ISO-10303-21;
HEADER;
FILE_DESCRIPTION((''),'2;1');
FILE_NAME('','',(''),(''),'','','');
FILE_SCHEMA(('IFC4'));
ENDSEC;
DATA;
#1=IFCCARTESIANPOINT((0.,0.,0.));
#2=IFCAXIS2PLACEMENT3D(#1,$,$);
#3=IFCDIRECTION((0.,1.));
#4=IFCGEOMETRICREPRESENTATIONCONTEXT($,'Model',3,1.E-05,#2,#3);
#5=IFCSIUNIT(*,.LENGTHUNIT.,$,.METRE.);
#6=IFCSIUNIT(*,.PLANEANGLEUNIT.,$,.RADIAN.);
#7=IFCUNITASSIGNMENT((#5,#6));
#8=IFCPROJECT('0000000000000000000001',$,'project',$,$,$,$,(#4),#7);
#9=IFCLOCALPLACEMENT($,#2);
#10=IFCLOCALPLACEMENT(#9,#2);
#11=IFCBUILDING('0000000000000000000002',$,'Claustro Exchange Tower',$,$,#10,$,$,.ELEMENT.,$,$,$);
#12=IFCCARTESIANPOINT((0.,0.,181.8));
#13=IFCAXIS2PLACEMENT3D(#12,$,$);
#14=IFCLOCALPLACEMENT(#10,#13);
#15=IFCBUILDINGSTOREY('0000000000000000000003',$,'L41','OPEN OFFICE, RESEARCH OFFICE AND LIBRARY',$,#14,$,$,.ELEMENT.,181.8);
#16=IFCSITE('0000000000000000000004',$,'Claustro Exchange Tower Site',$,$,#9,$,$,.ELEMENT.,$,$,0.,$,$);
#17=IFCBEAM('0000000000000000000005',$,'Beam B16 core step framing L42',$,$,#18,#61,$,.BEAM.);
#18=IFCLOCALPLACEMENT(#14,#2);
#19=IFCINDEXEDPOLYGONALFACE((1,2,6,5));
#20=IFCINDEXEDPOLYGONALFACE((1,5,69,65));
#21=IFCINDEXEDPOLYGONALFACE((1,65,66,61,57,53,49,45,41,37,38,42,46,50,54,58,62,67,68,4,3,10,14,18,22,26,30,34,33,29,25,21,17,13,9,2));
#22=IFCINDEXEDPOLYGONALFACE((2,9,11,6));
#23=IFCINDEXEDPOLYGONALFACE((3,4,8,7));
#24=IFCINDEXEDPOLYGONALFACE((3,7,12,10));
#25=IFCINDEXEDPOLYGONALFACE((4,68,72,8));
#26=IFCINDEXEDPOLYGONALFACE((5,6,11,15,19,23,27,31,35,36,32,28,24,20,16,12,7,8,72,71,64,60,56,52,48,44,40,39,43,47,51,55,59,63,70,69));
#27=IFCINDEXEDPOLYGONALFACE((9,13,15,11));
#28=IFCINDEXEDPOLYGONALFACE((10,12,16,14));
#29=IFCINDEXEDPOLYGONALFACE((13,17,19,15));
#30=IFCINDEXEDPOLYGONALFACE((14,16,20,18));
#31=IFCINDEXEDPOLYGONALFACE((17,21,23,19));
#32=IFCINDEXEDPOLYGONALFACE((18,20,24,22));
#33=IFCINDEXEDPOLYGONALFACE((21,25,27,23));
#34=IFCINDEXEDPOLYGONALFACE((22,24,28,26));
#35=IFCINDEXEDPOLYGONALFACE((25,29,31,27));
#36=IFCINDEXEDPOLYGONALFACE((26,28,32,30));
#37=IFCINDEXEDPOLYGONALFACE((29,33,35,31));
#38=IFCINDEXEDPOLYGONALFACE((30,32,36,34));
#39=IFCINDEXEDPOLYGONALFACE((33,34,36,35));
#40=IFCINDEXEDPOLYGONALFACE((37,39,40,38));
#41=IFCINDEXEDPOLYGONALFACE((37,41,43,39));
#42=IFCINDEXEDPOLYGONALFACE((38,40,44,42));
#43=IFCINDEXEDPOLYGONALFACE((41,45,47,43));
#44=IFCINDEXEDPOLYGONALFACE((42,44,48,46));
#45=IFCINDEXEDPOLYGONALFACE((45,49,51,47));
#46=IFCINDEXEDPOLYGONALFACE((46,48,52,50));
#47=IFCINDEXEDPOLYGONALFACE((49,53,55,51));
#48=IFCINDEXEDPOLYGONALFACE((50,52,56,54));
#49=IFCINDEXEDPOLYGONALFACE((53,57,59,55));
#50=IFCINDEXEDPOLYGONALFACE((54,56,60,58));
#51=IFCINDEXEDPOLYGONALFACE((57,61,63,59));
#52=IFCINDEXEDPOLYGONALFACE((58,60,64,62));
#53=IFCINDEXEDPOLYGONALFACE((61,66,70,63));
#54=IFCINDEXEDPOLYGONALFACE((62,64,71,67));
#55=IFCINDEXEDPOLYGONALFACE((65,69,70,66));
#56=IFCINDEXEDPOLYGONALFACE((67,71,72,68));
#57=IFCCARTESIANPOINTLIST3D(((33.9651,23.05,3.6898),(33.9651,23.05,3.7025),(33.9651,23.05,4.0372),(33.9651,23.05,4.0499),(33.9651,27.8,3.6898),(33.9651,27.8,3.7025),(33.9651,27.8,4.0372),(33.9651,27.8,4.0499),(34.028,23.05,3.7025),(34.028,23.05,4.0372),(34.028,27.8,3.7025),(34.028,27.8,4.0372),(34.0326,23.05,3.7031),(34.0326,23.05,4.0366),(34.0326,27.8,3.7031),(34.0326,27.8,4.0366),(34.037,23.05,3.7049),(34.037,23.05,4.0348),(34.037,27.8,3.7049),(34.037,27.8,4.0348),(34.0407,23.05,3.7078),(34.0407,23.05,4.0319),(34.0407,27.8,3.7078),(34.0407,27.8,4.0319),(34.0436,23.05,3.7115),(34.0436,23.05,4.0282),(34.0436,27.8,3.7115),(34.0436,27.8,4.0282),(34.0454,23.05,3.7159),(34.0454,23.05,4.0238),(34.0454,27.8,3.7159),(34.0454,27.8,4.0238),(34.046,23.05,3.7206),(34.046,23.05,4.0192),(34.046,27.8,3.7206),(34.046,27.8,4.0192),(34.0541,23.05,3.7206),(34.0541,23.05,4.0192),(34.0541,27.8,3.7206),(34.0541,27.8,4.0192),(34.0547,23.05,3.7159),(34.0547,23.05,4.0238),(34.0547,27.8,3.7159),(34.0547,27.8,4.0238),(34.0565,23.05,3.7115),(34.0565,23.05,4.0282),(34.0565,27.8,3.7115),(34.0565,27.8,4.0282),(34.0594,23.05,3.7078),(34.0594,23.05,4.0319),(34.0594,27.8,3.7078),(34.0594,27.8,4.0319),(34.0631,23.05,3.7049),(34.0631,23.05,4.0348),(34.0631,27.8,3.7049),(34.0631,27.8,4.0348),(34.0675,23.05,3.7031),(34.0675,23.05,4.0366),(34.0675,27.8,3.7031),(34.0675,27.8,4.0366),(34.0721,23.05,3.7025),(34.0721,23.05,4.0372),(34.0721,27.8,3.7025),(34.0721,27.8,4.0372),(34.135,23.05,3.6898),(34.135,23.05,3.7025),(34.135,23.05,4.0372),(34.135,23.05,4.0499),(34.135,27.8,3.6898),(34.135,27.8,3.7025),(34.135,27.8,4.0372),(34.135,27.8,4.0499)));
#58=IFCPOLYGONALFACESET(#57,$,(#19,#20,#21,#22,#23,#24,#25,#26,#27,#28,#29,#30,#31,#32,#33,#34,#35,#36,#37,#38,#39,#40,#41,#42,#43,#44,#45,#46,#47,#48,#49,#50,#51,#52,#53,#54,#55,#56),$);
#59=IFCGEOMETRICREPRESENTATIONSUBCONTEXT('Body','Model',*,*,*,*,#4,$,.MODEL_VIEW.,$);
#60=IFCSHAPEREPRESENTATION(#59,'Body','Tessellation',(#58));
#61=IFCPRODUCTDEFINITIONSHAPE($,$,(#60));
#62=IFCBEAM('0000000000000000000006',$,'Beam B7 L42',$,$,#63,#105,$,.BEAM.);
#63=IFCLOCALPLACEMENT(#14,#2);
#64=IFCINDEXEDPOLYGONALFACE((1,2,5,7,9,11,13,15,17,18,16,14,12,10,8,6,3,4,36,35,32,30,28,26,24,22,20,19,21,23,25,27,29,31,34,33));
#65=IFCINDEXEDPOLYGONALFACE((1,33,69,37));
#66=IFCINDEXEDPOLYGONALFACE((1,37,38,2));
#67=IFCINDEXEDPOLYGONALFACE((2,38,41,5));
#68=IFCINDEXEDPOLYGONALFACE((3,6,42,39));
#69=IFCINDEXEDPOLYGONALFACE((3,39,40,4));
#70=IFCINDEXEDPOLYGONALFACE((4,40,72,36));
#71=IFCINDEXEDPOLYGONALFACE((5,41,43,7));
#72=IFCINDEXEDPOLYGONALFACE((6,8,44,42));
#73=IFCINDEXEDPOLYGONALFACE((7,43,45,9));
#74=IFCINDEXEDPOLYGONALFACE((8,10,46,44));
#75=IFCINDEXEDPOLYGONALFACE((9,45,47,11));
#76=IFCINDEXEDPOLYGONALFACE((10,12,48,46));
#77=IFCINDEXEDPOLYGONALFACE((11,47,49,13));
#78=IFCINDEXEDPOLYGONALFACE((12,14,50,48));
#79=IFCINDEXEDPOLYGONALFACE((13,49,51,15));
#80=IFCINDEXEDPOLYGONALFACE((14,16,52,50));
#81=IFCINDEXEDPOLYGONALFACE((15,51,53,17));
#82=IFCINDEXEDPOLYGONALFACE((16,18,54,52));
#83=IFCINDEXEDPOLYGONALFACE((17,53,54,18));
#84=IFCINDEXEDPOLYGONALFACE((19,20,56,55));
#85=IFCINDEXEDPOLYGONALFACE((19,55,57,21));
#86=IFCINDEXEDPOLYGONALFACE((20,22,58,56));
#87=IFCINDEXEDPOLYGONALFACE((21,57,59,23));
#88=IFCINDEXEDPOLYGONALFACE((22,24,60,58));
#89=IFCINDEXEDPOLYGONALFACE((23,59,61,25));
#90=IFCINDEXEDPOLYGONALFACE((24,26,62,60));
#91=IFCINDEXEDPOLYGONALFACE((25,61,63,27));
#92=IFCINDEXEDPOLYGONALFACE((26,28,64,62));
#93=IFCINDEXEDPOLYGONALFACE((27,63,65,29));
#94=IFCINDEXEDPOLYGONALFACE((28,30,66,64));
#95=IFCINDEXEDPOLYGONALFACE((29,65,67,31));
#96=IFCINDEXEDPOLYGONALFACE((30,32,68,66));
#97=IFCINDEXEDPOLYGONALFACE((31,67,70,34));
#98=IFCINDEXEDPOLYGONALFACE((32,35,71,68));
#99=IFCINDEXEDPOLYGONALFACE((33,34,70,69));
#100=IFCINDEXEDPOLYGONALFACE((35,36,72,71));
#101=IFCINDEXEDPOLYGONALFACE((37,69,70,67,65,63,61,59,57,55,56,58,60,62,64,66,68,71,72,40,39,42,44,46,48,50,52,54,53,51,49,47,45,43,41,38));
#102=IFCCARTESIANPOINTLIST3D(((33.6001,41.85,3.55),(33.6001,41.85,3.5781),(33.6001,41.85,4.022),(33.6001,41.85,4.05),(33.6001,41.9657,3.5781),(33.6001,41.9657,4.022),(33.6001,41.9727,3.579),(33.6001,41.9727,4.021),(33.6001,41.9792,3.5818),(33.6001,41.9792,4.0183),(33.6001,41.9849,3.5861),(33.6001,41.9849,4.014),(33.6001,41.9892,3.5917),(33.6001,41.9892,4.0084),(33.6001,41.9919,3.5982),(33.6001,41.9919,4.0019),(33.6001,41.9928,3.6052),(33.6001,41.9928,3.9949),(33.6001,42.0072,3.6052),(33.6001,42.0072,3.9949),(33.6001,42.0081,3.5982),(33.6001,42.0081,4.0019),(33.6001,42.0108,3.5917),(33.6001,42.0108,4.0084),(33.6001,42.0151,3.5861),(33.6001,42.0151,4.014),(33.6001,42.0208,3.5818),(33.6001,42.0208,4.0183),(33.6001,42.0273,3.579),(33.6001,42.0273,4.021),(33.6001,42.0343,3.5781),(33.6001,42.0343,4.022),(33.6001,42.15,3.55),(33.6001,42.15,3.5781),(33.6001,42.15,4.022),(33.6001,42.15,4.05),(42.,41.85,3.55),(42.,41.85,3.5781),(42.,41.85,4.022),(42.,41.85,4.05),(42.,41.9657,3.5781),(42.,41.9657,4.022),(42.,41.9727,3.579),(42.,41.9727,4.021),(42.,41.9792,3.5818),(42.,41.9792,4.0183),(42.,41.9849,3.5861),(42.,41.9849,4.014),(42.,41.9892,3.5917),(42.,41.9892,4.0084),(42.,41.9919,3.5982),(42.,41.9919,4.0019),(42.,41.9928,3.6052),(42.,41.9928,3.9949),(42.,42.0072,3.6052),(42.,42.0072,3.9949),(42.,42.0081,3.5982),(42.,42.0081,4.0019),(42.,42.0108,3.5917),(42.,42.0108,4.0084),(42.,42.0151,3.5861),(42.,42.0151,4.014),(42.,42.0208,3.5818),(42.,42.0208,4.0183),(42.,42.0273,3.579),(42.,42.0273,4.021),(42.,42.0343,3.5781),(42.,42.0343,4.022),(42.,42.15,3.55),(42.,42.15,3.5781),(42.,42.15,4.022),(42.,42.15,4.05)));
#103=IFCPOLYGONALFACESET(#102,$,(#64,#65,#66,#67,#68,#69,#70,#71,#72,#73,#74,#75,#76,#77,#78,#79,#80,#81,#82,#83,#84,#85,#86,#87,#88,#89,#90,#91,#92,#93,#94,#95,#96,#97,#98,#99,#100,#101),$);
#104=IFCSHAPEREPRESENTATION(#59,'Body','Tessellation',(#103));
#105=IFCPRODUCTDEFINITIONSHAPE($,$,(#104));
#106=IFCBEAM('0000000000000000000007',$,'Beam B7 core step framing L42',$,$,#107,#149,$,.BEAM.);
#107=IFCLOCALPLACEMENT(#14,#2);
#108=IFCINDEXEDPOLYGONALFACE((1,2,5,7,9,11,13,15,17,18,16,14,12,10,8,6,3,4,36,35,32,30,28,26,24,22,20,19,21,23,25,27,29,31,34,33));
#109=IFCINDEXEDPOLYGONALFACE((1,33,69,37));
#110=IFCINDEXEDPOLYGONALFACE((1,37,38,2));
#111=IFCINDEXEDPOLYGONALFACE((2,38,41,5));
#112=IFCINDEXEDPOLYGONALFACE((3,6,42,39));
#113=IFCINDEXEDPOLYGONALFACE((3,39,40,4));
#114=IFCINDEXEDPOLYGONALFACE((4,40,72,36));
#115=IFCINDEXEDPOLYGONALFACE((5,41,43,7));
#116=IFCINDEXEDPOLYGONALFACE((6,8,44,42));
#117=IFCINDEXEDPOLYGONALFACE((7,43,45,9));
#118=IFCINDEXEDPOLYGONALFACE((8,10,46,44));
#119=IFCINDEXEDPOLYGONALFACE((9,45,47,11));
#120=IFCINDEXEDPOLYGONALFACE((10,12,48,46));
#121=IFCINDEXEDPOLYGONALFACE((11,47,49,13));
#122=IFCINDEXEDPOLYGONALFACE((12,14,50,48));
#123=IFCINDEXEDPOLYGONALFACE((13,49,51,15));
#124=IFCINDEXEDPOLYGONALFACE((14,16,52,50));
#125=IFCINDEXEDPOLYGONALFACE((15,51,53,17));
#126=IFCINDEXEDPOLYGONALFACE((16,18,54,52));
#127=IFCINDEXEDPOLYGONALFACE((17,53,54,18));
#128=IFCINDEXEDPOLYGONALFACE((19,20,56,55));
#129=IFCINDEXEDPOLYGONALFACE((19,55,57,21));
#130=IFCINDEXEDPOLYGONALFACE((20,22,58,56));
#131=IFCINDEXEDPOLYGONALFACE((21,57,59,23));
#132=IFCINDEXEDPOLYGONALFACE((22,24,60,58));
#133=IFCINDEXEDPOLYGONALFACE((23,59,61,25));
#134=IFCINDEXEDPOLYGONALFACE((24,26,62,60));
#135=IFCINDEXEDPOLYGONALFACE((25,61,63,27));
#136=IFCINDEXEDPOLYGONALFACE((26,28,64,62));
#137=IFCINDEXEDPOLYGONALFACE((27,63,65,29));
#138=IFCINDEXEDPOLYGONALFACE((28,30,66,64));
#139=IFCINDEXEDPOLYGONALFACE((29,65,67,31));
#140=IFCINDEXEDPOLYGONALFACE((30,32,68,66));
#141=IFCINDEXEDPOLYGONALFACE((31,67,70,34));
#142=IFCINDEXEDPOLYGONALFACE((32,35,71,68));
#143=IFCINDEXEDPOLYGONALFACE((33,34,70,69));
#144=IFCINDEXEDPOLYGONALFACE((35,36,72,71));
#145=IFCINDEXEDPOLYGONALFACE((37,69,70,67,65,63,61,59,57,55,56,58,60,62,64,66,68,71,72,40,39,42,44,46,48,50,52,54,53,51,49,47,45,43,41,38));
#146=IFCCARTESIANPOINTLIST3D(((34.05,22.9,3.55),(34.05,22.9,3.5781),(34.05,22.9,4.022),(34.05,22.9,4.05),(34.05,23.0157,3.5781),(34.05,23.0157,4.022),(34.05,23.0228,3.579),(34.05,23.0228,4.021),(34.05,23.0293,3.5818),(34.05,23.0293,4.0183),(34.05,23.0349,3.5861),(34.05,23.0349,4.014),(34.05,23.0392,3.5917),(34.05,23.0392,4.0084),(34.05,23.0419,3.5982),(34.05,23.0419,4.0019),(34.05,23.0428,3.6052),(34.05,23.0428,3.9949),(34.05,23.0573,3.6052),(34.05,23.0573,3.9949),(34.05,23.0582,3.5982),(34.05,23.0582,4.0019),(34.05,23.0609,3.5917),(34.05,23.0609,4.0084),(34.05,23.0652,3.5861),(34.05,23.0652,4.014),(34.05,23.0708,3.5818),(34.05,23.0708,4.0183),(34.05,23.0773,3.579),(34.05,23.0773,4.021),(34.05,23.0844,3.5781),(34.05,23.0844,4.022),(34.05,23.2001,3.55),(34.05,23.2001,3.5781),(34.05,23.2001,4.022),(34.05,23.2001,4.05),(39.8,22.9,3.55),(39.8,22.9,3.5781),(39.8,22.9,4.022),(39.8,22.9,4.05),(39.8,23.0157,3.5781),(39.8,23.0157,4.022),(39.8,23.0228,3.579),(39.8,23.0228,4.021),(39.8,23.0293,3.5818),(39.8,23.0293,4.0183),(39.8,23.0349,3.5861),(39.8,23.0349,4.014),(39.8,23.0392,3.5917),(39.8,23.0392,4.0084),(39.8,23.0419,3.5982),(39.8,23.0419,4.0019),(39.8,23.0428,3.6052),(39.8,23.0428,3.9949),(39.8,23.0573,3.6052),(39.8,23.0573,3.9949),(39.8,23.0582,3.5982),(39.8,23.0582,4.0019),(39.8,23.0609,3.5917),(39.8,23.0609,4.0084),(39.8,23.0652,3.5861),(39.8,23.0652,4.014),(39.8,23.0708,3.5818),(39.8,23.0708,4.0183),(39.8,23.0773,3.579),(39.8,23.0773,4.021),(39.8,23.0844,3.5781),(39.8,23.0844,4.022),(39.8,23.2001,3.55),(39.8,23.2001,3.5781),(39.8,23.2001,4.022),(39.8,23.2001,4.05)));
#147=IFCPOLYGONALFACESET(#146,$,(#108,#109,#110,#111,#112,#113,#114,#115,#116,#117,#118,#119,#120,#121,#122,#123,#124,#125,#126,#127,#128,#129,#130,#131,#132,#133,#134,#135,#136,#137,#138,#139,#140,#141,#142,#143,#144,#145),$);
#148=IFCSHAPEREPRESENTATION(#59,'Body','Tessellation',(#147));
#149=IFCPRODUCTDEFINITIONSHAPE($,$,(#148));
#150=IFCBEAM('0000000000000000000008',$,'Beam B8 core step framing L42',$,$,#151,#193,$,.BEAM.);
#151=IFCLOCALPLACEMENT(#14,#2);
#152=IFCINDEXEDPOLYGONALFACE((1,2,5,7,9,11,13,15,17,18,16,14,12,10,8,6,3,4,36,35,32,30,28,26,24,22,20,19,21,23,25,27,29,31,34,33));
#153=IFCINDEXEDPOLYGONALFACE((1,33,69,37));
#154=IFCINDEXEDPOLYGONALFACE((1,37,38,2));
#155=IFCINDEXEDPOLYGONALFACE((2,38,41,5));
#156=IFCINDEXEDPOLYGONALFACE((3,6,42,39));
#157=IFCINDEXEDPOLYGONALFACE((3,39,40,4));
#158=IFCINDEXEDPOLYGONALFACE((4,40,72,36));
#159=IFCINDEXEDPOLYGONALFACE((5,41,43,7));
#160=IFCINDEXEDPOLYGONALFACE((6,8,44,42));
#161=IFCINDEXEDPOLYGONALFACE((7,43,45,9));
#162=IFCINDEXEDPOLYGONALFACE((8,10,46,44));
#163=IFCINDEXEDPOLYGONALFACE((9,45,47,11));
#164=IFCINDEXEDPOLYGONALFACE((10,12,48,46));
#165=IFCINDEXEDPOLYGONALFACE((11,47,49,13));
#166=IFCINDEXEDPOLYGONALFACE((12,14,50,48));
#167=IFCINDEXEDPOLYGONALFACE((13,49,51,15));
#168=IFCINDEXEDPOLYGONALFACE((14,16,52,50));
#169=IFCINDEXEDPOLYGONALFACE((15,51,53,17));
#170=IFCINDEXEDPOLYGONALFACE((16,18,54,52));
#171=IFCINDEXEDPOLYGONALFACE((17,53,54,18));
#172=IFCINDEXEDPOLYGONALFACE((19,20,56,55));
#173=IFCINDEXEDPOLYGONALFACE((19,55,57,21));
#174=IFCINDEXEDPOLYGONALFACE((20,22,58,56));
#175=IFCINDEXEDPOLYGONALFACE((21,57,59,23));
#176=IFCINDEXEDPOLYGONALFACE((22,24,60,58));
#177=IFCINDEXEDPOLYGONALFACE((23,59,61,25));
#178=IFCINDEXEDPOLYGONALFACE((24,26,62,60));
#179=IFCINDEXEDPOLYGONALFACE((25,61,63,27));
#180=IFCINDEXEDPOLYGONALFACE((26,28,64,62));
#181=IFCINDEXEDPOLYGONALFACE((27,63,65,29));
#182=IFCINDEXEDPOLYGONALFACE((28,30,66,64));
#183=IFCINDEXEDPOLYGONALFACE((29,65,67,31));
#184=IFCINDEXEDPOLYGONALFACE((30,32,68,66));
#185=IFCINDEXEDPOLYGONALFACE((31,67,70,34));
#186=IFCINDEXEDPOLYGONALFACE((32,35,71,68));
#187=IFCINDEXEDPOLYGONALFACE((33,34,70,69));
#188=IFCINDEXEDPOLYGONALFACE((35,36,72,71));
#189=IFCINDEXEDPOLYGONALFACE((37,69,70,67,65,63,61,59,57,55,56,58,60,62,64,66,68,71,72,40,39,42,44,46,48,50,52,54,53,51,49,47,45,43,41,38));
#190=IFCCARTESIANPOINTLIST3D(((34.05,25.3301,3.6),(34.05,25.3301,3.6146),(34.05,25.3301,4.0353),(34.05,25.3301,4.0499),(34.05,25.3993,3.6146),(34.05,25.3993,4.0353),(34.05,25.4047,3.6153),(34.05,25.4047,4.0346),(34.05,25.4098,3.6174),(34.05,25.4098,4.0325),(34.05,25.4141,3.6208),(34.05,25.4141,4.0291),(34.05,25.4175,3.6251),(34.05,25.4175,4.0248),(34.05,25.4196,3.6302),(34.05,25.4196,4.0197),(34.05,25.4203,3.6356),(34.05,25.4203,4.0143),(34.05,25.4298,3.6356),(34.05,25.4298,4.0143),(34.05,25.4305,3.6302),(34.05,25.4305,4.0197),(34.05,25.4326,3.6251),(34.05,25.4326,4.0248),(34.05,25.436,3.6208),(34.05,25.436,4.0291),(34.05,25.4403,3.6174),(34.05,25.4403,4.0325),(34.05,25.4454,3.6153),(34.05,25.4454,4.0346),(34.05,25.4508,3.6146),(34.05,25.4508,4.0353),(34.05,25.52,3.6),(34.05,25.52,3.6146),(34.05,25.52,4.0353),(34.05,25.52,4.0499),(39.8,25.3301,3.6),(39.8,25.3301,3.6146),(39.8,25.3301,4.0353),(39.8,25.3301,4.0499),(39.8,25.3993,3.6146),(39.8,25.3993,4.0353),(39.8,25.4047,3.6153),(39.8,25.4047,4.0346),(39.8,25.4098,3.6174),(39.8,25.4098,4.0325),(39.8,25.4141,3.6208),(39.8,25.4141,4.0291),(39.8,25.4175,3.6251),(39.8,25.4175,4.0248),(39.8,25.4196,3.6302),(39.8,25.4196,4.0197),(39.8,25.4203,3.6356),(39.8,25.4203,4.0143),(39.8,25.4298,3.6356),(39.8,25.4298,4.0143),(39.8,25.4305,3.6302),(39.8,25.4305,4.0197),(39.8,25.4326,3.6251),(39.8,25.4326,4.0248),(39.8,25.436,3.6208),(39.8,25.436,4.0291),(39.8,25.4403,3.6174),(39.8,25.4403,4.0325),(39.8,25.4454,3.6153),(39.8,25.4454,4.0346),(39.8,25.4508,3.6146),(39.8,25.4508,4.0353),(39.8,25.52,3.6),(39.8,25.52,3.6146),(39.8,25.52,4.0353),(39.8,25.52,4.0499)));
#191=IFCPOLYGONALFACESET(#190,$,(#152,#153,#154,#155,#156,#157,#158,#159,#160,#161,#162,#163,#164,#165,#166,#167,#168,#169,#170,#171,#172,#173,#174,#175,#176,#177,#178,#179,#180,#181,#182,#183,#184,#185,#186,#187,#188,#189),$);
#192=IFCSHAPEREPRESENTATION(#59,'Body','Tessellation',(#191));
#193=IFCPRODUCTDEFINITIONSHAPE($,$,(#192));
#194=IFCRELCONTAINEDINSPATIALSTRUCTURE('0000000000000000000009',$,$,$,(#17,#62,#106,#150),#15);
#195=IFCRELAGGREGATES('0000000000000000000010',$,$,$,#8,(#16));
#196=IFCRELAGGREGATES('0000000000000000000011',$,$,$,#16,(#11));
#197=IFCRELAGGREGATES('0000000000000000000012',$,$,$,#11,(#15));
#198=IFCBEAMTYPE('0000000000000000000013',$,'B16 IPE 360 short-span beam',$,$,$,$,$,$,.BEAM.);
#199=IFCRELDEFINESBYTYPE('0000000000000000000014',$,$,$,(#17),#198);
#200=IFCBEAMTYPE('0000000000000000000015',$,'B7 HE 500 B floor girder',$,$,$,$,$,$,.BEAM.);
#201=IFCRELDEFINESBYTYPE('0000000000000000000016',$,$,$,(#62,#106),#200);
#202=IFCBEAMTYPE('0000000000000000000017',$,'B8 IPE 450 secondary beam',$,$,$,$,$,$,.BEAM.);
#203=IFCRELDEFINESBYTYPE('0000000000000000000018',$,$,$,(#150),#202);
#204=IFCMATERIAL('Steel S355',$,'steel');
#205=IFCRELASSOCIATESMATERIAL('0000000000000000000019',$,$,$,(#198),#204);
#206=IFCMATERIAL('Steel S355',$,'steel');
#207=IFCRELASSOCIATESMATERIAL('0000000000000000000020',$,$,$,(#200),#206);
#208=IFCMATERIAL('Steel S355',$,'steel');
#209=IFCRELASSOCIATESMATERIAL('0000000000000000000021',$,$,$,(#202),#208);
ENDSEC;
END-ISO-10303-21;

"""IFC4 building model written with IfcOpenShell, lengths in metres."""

from ifc_helpers import new_model, si_unit, direction, frame, origin, origin_2d, place, context, subcontext, project, spatial, i_section, extrude, material, material_profile, profile_set, type_object, element, save


model = new_model("IFC4")

# Units and contexts
model_context = context("Model", 3, precision=1e-05, world=origin(), true_north=direction((0.0, 1.0)))
body_context = subcontext(model_context, "Body", "Model", "MODEL_VIEW")
ifc_project = project(units=[si_unit("LENGTHUNIT", "METRE"), si_unit("PLANEANGLEUNIT", "RADIAN")], contexts=[model_context])

# Site, building, storey
site_placement = place(None, origin())
site = spatial("IfcSite", under=ifc_project, at=site_placement, Name="Claustro Exchange Tower Site", CompositionType="ELEMENT", RefElevation=0.0)
building_placement = place(site_placement, origin())
building = spatial("IfcBuilding", under=site, at=building_placement, Name="Claustro Exchange Tower", CompositionType="ELEMENT")
storey_placement = place(building_placement, frame((0.0, 0.0, 181.8)))
storey = spatial("IfcBuildingStorey", under=building, at=storey_placement, Name="L41", Description="OPEN OFFICE, RESEARCH OFFICE AND LIBRARY", CompositionType="ELEMENT", Elevation=181.8)

# Beams
ifc_material_1 = material(Name="Steel S355", Category="steel")
ifc_material_profile_1 = material_profile(ifc_material_1, i_section(OverallWidth=0.1699, OverallDepth=0.3601, WebThickness=0.0081, FlangeThickness=0.0127, FilletRadius=0.0181, at=origin_2d()), Name="IPE 360")
ifc_profile_set_1 = profile_set([ifc_material_profile_1], Name="Steel S355")
beam_type_1 = type_object("IfcBeamType", Name="B16 IPE 360 short-span beam", PredefinedType="BEAM", material=ifc_profile_set_1)
beam_1_placement = place(storey_placement, frame((34.05, 23.05, 3.8699), z_axis=(0.0, 1.0, 0.0), x_axis=(-1.0, 0.0, 0.0)))
element("IfcBeam", 1, at=beam_1_placement, inside=storey, type_object=beam_type_1, Name="Beam B16 core step framing L42", PredefinedType="BEAM", context=body_context, shape_type="SweptSolid", body=[
    extrude(i_section(OverallWidth=0.1699, OverallDepth=0.3601, WebThickness=0.0081, FlangeThickness=0.0127, FilletRadius=0.0181, at=origin_2d()), origin(), (0.0, 0.0, 1.0), 4.75),
])
ifc_material_2 = material(Name="Steel S355", Category="steel")
ifc_material_profile_2 = material_profile(ifc_material_2, i_section(OverallWidth=0.3, OverallDepth=0.5, WebThickness=0.0144, FlangeThickness=0.0281, FilletRadius=0.0271, at=origin_2d()), Name="HE 500 B")
ifc_profile_set_2 = profile_set([ifc_material_profile_2], Name="Steel S355")
beam_type_2 = type_object("IfcBeamType", Name="B7 HE 500 B floor girder", PredefinedType="BEAM", material=ifc_profile_set_2)
beam_2_placement = place(storey_placement, frame((33.6001, 42.0, 3.8), z_axis=(1.0, 0.0, 0.0), x_axis=(0.0, 1.0, 0.0)))
element("IfcBeam", 2, at=beam_2_placement, inside=storey, type_object=beam_type_2, Name="Beam B7 L42", PredefinedType="BEAM", context=body_context, shape_type="SweptSolid", body=[
    extrude(i_section(OverallWidth=0.3, OverallDepth=0.5, WebThickness=0.0144, FlangeThickness=0.0281, FilletRadius=0.0271, at=origin_2d()), origin(), (0.0, 0.0, 1.0), 8.3999),
])
beam_3_placement = place(storey_placement, frame((34.05, 23.05, 3.8), z_axis=(1.0, 0.0, 0.0), x_axis=(0.0, 1.0, 0.0)))
element("IfcBeam", 3, at=beam_3_placement, inside=storey, type_object=beam_type_2, Name="Beam B7 core step framing L42", PredefinedType="BEAM", context=body_context, shape_type="SweptSolid", body=[
    extrude(i_section(OverallWidth=0.3, OverallDepth=0.5, WebThickness=0.0144, FlangeThickness=0.0281, FilletRadius=0.0271, at=origin_2d()), origin(), (0.0, 0.0, 1.0), 5.75),
])
ifc_material_3 = material(Name="Steel S355", Category="steel")
ifc_material_profile_3 = material_profile(ifc_material_3, i_section(OverallWidth=0.1899, OverallDepth=0.45, WebThickness=0.0095, FlangeThickness=0.0146, FilletRadius=0.021, at=origin_2d()), Name="IPE 450")
ifc_profile_set_3 = profile_set([ifc_material_profile_3], Name="Steel S355")
beam_type_3 = type_object("IfcBeamType", Name="B8 IPE 450 secondary beam", PredefinedType="BEAM", material=ifc_profile_set_3)
beam_4_placement = place(storey_placement, frame((34.05, 25.425, 3.825), z_axis=(1.0, 0.0, 0.0), x_axis=(0.0, 1.0, 0.0)))
element("IfcBeam", 4, at=beam_4_placement, inside=storey, type_object=beam_type_3, Name="Beam B8 core step framing L42", PredefinedType="BEAM", context=body_context, shape_type="SweptSolid", body=[
    extrude(i_section(OverallWidth=0.1899, OverallDepth=0.45, WebThickness=0.0095, FlangeThickness=0.0146, FilletRadius=0.021, at=origin_2d()), origin(), (0.0, 0.0, 1.0), 5.75),
])

save(model, "model.ifc")
